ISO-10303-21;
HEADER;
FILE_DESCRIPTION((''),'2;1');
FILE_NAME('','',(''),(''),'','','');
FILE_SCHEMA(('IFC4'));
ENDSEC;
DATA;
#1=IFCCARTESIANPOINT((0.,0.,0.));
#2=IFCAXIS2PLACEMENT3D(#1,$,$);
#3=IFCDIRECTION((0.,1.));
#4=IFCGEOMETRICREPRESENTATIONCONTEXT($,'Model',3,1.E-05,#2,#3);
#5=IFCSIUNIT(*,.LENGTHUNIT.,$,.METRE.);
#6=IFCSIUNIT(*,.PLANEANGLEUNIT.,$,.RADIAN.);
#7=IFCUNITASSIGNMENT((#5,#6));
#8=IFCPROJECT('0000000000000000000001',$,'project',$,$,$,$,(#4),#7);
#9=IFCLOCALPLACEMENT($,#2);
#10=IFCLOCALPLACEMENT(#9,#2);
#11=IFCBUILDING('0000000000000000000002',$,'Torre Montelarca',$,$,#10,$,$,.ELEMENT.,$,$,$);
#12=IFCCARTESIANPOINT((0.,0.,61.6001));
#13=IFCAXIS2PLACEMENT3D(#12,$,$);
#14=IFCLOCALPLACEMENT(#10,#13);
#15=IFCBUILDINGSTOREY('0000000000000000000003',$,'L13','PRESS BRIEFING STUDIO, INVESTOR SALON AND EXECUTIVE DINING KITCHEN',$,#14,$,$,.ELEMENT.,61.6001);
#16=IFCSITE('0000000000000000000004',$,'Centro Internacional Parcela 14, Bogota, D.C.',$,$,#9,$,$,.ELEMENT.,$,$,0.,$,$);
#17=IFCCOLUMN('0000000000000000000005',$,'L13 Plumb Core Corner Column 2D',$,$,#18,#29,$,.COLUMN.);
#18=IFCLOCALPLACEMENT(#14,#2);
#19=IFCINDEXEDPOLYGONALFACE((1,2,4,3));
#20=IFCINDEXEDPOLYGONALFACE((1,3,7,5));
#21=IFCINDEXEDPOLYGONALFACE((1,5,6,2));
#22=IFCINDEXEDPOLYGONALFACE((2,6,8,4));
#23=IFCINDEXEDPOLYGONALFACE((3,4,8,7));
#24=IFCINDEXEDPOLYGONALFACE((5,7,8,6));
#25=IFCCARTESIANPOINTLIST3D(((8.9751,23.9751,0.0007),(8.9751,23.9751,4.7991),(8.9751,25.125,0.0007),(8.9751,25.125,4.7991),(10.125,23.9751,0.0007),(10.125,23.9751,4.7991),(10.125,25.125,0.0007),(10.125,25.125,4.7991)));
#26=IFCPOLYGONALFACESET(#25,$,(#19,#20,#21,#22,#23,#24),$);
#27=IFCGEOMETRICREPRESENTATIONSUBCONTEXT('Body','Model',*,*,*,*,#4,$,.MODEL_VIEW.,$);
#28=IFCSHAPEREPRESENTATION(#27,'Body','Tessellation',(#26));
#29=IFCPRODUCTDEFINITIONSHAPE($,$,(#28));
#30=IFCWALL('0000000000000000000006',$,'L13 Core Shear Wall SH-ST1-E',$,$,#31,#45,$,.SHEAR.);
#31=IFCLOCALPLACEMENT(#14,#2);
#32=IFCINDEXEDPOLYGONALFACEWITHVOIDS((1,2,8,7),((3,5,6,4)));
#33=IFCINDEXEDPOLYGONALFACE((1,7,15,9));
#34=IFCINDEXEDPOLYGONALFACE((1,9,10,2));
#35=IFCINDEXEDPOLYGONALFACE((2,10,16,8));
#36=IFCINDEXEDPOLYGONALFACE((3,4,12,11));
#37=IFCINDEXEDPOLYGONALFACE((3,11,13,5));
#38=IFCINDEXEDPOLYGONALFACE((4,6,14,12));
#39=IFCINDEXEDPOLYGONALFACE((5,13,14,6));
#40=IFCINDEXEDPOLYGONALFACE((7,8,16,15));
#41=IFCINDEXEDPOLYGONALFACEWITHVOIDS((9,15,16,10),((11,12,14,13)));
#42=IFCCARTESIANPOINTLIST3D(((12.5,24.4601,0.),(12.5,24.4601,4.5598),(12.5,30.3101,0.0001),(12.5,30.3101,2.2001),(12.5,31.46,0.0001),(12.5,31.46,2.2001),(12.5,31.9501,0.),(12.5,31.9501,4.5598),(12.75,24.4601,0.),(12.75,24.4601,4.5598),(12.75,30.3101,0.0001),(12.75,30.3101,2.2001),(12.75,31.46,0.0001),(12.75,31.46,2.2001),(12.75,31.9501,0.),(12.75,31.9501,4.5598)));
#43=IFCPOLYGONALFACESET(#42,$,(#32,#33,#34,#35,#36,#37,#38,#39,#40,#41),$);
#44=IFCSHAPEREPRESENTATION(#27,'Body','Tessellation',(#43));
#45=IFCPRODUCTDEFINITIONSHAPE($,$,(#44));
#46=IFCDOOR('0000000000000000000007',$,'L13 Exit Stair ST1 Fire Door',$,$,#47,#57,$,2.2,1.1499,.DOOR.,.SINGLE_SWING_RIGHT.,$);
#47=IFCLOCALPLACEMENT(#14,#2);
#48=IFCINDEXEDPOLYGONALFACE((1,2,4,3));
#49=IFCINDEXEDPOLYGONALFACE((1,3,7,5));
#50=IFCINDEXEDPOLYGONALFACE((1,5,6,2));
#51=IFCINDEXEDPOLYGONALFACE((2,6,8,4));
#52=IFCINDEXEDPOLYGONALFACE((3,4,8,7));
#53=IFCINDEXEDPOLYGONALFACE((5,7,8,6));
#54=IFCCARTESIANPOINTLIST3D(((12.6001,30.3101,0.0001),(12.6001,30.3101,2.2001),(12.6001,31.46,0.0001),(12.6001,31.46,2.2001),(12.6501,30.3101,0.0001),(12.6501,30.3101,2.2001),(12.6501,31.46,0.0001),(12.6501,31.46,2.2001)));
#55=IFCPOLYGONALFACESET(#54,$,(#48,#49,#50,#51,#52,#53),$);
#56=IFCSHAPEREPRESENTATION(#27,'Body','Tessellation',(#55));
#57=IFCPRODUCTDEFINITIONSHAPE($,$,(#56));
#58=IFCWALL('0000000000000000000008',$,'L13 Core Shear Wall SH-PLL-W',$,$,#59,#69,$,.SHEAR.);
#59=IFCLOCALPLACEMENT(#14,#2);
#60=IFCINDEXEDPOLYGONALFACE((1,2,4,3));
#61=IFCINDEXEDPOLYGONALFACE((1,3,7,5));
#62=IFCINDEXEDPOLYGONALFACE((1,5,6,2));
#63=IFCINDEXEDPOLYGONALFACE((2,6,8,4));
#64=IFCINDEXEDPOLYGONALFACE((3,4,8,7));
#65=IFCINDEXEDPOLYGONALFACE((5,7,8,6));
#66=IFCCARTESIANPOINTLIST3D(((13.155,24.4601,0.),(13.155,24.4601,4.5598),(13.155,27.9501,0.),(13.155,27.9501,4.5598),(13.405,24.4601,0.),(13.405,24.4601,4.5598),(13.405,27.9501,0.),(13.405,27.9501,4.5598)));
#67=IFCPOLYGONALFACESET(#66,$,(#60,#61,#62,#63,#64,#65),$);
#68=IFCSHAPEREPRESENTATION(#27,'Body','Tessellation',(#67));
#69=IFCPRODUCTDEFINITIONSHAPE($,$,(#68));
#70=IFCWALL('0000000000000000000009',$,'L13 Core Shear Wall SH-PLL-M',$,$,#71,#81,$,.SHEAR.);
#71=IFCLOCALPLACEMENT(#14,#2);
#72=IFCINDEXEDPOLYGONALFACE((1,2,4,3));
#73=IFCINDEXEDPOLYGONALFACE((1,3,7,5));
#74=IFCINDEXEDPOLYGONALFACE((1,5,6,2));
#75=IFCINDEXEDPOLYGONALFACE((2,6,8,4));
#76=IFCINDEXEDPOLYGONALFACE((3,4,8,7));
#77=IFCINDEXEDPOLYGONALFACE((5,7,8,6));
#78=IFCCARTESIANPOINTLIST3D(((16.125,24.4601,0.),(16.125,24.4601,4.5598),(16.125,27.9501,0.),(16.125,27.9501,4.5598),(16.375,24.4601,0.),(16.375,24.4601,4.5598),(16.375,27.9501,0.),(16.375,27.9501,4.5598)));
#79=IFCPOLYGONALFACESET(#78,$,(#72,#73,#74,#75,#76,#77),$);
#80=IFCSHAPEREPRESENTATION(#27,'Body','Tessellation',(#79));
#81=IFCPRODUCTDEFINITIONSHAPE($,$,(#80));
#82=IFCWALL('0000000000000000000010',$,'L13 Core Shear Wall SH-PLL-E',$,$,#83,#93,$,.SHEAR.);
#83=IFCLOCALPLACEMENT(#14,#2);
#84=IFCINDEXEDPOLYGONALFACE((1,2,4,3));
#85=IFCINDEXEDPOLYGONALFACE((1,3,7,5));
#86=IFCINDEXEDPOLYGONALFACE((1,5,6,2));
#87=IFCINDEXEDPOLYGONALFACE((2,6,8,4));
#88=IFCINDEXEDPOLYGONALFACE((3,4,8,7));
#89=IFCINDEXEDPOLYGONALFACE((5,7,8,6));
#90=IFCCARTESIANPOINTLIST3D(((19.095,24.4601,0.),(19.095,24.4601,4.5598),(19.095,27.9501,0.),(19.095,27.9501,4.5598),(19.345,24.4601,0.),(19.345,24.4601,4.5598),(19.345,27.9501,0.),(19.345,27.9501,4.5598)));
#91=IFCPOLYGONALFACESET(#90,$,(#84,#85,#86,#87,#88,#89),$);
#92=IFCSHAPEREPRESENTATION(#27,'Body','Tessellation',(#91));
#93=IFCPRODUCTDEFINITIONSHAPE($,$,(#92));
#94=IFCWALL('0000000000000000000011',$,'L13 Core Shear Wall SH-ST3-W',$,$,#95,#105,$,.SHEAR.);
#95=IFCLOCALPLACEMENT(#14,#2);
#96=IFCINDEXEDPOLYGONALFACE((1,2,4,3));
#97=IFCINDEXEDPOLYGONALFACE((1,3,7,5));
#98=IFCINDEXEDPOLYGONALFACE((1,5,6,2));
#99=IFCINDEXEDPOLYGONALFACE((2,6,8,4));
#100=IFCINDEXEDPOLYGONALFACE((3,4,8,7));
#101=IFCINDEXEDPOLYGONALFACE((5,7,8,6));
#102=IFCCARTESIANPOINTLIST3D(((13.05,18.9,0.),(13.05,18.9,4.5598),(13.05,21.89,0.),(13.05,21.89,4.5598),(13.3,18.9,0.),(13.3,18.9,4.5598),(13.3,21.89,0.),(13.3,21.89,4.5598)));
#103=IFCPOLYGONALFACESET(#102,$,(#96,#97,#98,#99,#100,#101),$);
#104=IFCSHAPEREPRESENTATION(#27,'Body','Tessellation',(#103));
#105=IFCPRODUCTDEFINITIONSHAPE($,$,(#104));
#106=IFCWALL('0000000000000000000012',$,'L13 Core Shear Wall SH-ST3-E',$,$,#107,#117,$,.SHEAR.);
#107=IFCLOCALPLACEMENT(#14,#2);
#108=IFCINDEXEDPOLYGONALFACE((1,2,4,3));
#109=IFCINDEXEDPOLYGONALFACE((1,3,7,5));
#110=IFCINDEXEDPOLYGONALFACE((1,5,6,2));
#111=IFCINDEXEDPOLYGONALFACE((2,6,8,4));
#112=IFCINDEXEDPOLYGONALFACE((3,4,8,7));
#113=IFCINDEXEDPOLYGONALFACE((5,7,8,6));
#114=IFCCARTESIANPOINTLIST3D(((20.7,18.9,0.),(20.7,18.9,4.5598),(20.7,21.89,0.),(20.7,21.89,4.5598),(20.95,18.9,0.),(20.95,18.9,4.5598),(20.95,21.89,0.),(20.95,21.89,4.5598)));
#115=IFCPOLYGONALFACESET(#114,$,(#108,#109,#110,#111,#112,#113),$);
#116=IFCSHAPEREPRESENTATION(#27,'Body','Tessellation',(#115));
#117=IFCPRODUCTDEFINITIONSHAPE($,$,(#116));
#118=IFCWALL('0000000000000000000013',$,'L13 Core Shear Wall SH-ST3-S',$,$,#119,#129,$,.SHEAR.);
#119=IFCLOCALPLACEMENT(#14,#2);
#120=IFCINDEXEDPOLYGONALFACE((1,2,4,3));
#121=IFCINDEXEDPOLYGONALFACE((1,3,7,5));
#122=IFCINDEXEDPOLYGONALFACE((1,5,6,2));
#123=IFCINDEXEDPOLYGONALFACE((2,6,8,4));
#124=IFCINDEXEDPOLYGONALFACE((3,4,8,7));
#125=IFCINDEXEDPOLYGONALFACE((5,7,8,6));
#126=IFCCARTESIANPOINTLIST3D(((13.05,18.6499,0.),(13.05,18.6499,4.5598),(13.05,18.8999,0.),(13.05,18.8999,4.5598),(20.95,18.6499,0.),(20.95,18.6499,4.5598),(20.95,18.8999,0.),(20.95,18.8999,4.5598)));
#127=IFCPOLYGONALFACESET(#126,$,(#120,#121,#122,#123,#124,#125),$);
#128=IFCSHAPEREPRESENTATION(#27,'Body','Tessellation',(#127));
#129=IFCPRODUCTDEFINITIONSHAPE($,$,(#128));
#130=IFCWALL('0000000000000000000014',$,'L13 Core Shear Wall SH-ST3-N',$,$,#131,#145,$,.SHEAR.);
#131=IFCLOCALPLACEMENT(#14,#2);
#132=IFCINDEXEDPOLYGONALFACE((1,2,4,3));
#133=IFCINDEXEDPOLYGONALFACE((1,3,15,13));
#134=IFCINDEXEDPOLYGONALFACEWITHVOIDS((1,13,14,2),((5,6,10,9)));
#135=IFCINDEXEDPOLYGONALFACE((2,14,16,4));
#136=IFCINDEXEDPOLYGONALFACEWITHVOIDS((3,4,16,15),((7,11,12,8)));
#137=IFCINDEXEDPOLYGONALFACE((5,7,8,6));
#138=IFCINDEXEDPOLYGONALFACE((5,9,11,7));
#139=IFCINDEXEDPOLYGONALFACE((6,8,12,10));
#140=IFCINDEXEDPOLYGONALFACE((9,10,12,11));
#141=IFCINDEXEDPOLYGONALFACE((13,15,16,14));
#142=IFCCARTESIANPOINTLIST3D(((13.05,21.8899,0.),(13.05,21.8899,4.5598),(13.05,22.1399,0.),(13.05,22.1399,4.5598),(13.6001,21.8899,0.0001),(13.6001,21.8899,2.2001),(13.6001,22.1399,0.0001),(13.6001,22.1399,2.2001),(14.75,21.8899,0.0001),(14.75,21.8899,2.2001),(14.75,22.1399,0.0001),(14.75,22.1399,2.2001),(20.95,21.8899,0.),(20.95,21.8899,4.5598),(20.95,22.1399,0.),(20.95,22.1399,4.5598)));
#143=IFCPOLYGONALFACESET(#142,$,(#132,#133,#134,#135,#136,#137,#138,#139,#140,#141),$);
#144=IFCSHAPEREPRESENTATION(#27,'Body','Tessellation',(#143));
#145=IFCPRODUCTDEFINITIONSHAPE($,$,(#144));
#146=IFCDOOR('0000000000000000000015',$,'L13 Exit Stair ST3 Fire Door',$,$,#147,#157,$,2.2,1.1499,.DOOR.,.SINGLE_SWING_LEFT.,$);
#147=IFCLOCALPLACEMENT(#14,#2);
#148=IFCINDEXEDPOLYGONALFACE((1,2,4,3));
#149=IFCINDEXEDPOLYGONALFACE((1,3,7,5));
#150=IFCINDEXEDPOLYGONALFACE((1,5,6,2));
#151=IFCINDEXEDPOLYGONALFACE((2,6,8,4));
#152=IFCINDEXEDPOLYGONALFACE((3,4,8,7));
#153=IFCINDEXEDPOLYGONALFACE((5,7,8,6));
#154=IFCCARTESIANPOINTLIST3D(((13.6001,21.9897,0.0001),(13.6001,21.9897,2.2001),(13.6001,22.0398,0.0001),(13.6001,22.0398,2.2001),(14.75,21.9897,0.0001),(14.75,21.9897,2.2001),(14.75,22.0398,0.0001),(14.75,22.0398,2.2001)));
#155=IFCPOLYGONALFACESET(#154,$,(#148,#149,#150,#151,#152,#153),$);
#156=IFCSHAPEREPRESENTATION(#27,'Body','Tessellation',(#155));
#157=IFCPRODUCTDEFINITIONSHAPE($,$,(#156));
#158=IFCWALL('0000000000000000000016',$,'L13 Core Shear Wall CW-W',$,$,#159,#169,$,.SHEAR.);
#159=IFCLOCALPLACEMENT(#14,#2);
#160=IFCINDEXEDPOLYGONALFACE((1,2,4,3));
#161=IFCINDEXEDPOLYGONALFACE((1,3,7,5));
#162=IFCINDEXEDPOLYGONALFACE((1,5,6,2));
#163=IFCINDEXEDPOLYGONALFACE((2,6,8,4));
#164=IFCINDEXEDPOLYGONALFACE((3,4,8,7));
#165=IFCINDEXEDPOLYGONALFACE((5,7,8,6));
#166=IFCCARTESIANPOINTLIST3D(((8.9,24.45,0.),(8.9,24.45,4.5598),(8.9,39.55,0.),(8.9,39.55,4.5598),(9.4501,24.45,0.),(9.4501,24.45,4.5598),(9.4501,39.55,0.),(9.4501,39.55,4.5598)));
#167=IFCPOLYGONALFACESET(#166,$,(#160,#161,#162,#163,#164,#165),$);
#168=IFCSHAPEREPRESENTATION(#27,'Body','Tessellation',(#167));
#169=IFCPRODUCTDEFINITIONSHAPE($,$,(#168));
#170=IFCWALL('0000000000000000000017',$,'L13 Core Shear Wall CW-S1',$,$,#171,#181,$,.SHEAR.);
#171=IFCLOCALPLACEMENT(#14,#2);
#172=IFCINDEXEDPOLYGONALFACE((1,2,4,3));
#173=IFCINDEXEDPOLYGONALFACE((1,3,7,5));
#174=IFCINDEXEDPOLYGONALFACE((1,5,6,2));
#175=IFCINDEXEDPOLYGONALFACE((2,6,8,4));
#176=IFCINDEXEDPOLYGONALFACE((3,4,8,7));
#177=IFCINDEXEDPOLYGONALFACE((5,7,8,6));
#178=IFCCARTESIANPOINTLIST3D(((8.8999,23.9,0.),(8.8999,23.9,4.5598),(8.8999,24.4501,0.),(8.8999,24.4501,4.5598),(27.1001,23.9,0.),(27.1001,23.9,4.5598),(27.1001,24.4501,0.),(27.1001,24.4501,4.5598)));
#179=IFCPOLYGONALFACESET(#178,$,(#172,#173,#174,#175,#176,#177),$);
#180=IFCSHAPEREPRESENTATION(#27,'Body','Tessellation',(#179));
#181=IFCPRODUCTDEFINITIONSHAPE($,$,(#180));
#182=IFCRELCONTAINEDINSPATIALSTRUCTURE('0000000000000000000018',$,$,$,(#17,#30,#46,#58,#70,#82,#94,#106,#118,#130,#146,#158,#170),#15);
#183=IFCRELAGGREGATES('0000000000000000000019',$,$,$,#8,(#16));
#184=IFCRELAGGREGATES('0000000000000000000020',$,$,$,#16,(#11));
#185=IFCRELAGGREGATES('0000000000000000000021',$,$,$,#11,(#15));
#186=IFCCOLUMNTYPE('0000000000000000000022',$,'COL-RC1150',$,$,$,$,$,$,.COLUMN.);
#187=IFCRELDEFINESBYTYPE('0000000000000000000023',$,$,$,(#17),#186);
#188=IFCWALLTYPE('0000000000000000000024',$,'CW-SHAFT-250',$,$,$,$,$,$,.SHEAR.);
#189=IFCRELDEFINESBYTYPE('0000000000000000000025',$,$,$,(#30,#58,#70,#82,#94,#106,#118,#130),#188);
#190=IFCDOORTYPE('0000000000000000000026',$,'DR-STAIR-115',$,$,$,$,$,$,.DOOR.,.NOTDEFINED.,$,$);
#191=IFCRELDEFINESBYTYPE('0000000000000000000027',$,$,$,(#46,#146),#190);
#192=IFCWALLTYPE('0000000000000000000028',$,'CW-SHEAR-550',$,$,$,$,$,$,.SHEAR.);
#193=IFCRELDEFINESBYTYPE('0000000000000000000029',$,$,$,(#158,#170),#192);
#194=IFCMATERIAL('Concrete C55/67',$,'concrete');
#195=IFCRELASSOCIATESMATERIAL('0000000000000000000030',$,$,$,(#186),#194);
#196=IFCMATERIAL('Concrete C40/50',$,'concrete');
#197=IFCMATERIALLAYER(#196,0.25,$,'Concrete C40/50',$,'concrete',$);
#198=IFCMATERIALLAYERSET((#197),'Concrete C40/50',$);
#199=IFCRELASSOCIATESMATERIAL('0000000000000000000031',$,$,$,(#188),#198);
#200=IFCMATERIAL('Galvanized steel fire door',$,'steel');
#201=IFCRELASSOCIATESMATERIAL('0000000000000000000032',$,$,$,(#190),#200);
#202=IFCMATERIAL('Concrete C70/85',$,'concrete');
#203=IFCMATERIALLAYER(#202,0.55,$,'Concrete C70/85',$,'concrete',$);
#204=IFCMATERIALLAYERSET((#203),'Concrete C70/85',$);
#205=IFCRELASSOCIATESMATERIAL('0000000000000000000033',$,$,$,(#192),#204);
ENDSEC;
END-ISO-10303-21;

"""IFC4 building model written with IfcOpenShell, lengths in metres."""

from ifc_helpers import new_model, si_unit, direction, frame, frame_2d, origin, origin_2d, place, context, subcontext, project, spatial, rectangle, extrude, source, transform, mapped, material, layer, layer_set, material_profile, profile_set, type_object, element, fill, save


model = new_model("IFC4")

# Units and contexts
model_context = context("Model", 3, precision=1e-05, world=origin(), true_north=direction((0.0, 1.0)))
body_context = subcontext(model_context, "Body", "Model", "MODEL_VIEW")
ifc_project = project(units=[si_unit("LENGTHUNIT", "METRE"), si_unit("PLANEANGLEUNIT", "RADIAN")], contexts=[model_context])

# Site, building, storey
site_placement = place(None, origin())
site = spatial("IfcSite", under=ifc_project, at=site_placement, Name="Centro Internacional Parcela 14, Bogota, D.C.", CompositionType="ELEMENT", RefElevation=0.0)
building_placement = place(site_placement, origin())
building = spatial("IfcBuilding", under=site, at=building_placement, Name="Torre Montelarca", CompositionType="ELEMENT")
storey_placement = place(building_placement, frame((0.0, 0.0, 61.6001)))
storey = spatial("IfcBuildingStorey", under=building, at=storey_placement, Name="L13", Description="PRESS BRIEFING STUDIO, INVESTOR SALON AND EXECUTIVE DINING KITCHEN", CompositionType="ELEMENT", Elevation=61.6001)

# Column
ifc_material_1 = material(Name="Concrete C55/67", Category="concrete")
ifc_material_profile = material_profile(ifc_material_1, rectangle(XDim=1.1499, YDim=1.1499, at=origin_2d()), Name="RC1150X1150", Category="concrete")
ifc_profile_set = profile_set([ifc_material_profile], Name="Concrete C55/67")
column_type = type_object("IfcColumnType", Name="COL-RC1150", PredefinedType="COLUMN", material=ifc_profile_set)
shared_shape_1 = source(origin(), body_context, "Body", "SweptSolid", [
    extrude(rectangle(XDim=1.1499, YDim=1.1499, at=origin_2d()), origin(), (0.0, 0.0, 1.0), 4.7983),
])
column_placement = place(storey_placement, frame((9.55, 24.55, 0.0007), z_axis=(0.0, 0.0, 1.0), x_axis=(1.0, 0.0, 0.0)))
element("IfcColumn", 1, at=column_placement, inside=storey, type_object=column_type, Name="L13 Plumb Core Corner Column 2D", PredefinedType="COLUMN", context=body_context, shape_type="MappedRepresentation", body=[
    mapped(shared_shape_1, transform((0.0, 0.0, 0.0), scale=1.0)),
])

# Wall, opening, door
ifc_material_2 = material(Name="Concrete C40/50", Category="concrete")
ifc_layer_1 = layer(ifc_material_2, 0.25, Name="Concrete C40/50", Category="concrete")
ifc_layer_set_1 = layer_set([ifc_layer_1], Name="Concrete C40/50")
wall_type_1 = type_object("IfcWallType", Name="CW-SHAFT-250", PredefinedType="SHEAR", material=ifc_layer_set_1)
wall_1_placement = place(storey_placement, frame((12.625, 24.46, 0.0), z_axis=(0.0, 0.0, 1.0), x_axis=(0.0, 1.0, 0.0)))
wall_1 = element("IfcWall", 2, at=wall_1_placement, inside=storey, type_object=wall_type_1, Name="L13 Core Shear Wall SH-ST1-E", PredefinedType="SHEAR", context=body_context, shape_type="SweptSolid", body=[
    extrude(rectangle(XDim=7.49, YDim=0.25, at=frame_2d((3.7451, 0.0))), origin(), (0.0, 0.0, 1.0), 4.5598),
])
opening_1_placement = place(wall_1_placement, frame((5.8501, 0.0, 0.0)))
opening_1 = element("IfcOpeningElement", 3, at=opening_1_placement, cuts=wall_1, PredefinedType="OPENING", context=body_context, shape_type="SweptSolid", body=[
    extrude(rectangle(XDim=1.1499, YDim=2.2, at=frame_2d((0.575, 1.1001))), frame((0.0, 0.135, 0.0), z_axis=(0.0, -1.0, 0.0), x_axis=(1.0, 0.0, 0.0)), (0.0, 0.0, 1.0), 0.27),
])
ifc_material_3 = material(Name="Galvanized steel fire door", Category="steel")
door_type_1 = type_object("IfcDoorType", Name="DR-STAIR-115", OperationType="NOTDEFINED", PredefinedType="DOOR", material=ifc_material_3)
shared_shape_2 = source(origin(), body_context, "Body", "SweptSolid", [
    extrude(rectangle(XDim=1.1499, YDim=2.2, at=frame_2d((0.575, 1.1001))), frame((0.0, 0.0249, 0.0), z_axis=(0.0, -1.0, 0.0), x_axis=(1.0, 0.0, 0.0)), (0.0, 0.0, 1.0), 0.05),
])
door_1_placement = place(opening_1_placement, origin())
door_1 = element("IfcDoor", 4, at=door_1_placement, inside=storey, type_object=door_type_1, Name="L13 Exit Stair ST1 Fire Door", OperationType="SINGLE_SWING_RIGHT", OverallHeight=2.2, OverallWidth=1.1499, PredefinedType="DOOR", context=body_context, shape_type="MappedRepresentation", body=[
    mapped(shared_shape_2, transform((0.0, 0.0, 0.0), scale=1.0)),
])
fill(opening_1, door_1)

# Walls
for number, where, z_axis, x_axis, name in (
    (5, (13.28, 24.46, 0.0), (0.0, 0.0, 1.0), (0.0, 1.0, 0.0), "L13 Core Shear Wall SH-PLL-W"),
    (6, (16.25, 24.46, 0.0), (0.0, 0.0, 1.0), (0.0, 1.0, 0.0), "L13 Core Shear Wall SH-PLL-M"),
    (7, (19.22, 24.46, 0.0), (0.0, 0.0, 1.0), (0.0, 1.0, 0.0), "L13 Core Shear Wall SH-PLL-E"),
):
    element("IfcWall", number, at=place(storey_placement, frame(where, z_axis=z_axis, x_axis=x_axis)), inside=storey, type_object=wall_type_1, Name=name, PredefinedType="SHEAR", context=body_context, shape_type="SweptSolid", body=[
        extrude(rectangle(XDim=3.49, YDim=0.25, at=frame_2d((1.7451, 0.0))), origin(), (0.0, 0.0, 1.0), 4.5598),
    ])
for number, where, z_axis, x_axis, name in (
    (8, (13.175, 18.8999, 0.0), (0.0, 0.0, 1.0), (0.0, 1.0, 0.0), "L13 Core Shear Wall SH-ST3-W"),
    (9, (20.825, 18.8999, 0.0), (0.0, 0.0, 1.0), (0.0, 1.0, 0.0), "L13 Core Shear Wall SH-ST3-E"),
):
    element("IfcWall", number, at=place(storey_placement, frame(where, z_axis=z_axis, x_axis=x_axis)), inside=storey, type_object=wall_type_1, Name=name, PredefinedType="SHEAR", context=body_context, shape_type="SweptSolid", body=[
        extrude(rectangle(XDim=2.99, YDim=0.25, at=frame_2d((1.4951, 0.0))), origin(), (0.0, 0.0, 1.0), 4.5598),
    ])
wall_2_placement = place(storey_placement, frame((13.05, 18.7749, 0.0), z_axis=(0.0, 0.0, 1.0), x_axis=(1.0, 0.0, 0.0)))
element("IfcWall", 10, at=wall_2_placement, inside=storey, type_object=wall_type_1, Name="L13 Core Shear Wall SH-ST3-S", PredefinedType="SHEAR", context=body_context, shape_type="SweptSolid", body=[
    extrude(rectangle(XDim=7.8999, YDim=0.25, at=frame_2d((3.95, 0.0))), origin(), (0.0, 0.0, 1.0), 4.5598),
])

# Wall, opening, door
wall_3_placement = place(storey_placement, frame((13.05, 22.0149, 0.0), z_axis=(0.0, 0.0, 1.0), x_axis=(1.0, 0.0, 0.0)))
wall_3 = element("IfcWall", 11, at=wall_3_placement, inside=storey, type_object=wall_type_1, Name="L13 Core Shear Wall SH-ST3-N", PredefinedType="SHEAR", context=body_context, shape_type="SweptSolid", body=[
    extrude(rectangle(XDim=7.8999, YDim=0.25, at=frame_2d((3.95, 0.0))), origin(), (0.0, 0.0, 1.0), 4.5598),
])
opening_2_placement = place(wall_3_placement, frame((0.55, 0.0, 0.0)))
opening_2 = element("IfcOpeningElement", 12, at=opening_2_placement, cuts=wall_3, PredefinedType="OPENING", context=body_context, shape_type="SweptSolid", body=[
    extrude(rectangle(XDim=1.1499, YDim=2.2, at=frame_2d((0.575, 1.1001))), frame((0.0, 0.135, 0.0), z_axis=(0.0, -1.0, 0.0), x_axis=(1.0, 0.0, 0.0)), (0.0, 0.0, 1.0), 0.27),
])
door_2_placement = place(opening_2_placement, origin())
door_2 = element("IfcDoor", 13, at=door_2_placement, inside=storey, type_object=door_type_1, Name="L13 Exit Stair ST3 Fire Door", OperationType="SINGLE_SWING_LEFT", OverallHeight=2.2, OverallWidth=1.1499, PredefinedType="DOOR", context=body_context, shape_type="MappedRepresentation", body=[
    mapped(shared_shape_2, transform((0.0, 0.0, 0.0), scale=1.0)),
])
fill(opening_2, door_2)

# Walls
ifc_material_4 = material(Name="Concrete C70/85", Category="concrete")
ifc_layer_2 = layer(ifc_material_4, 0.55, Name="Concrete C70/85", Category="concrete")
ifc_layer_set_2 = layer_set([ifc_layer_2], Name="Concrete C70/85")
wall_type_2 = type_object("IfcWallType", Name="CW-SHEAR-550", PredefinedType="SHEAR", material=ifc_layer_set_2)
wall_4_placement = place(storey_placement, frame((9.175, 24.45, 0.0), z_axis=(0.0, 0.0, 1.0), x_axis=(0.0, 1.0, 0.0)))
element("IfcWall", 14, at=wall_4_placement, inside=storey, type_object=wall_type_2, Name="L13 Core Shear Wall CW-W", PredefinedType="SHEAR", context=body_context, shape_type="SweptSolid", body=[
    extrude(rectangle(XDim=15.1001, YDim=0.55, at=frame_2d((7.55, 0.0))), origin(), (0.0, 0.0, 1.0), 4.5598),
])
wall_5_placement = place(storey_placement, frame((8.8999, 24.175, 0.0), z_axis=(0.0, 0.0, 1.0), x_axis=(1.0, 0.0, 0.0)))
element("IfcWall", 15, at=wall_5_placement, inside=storey, type_object=wall_type_2, Name="L13 Core Shear Wall CW-S1", PredefinedType="SHEAR", context=body_context, shape_type="SweptSolid", body=[
    extrude(rectangle(XDim=18.2002, YDim=0.55, at=frame_2d((9.1001, 0.0))), origin(), (0.0, 0.0, 1.0), 4.5598),
])

save(model, "model.ifc")
